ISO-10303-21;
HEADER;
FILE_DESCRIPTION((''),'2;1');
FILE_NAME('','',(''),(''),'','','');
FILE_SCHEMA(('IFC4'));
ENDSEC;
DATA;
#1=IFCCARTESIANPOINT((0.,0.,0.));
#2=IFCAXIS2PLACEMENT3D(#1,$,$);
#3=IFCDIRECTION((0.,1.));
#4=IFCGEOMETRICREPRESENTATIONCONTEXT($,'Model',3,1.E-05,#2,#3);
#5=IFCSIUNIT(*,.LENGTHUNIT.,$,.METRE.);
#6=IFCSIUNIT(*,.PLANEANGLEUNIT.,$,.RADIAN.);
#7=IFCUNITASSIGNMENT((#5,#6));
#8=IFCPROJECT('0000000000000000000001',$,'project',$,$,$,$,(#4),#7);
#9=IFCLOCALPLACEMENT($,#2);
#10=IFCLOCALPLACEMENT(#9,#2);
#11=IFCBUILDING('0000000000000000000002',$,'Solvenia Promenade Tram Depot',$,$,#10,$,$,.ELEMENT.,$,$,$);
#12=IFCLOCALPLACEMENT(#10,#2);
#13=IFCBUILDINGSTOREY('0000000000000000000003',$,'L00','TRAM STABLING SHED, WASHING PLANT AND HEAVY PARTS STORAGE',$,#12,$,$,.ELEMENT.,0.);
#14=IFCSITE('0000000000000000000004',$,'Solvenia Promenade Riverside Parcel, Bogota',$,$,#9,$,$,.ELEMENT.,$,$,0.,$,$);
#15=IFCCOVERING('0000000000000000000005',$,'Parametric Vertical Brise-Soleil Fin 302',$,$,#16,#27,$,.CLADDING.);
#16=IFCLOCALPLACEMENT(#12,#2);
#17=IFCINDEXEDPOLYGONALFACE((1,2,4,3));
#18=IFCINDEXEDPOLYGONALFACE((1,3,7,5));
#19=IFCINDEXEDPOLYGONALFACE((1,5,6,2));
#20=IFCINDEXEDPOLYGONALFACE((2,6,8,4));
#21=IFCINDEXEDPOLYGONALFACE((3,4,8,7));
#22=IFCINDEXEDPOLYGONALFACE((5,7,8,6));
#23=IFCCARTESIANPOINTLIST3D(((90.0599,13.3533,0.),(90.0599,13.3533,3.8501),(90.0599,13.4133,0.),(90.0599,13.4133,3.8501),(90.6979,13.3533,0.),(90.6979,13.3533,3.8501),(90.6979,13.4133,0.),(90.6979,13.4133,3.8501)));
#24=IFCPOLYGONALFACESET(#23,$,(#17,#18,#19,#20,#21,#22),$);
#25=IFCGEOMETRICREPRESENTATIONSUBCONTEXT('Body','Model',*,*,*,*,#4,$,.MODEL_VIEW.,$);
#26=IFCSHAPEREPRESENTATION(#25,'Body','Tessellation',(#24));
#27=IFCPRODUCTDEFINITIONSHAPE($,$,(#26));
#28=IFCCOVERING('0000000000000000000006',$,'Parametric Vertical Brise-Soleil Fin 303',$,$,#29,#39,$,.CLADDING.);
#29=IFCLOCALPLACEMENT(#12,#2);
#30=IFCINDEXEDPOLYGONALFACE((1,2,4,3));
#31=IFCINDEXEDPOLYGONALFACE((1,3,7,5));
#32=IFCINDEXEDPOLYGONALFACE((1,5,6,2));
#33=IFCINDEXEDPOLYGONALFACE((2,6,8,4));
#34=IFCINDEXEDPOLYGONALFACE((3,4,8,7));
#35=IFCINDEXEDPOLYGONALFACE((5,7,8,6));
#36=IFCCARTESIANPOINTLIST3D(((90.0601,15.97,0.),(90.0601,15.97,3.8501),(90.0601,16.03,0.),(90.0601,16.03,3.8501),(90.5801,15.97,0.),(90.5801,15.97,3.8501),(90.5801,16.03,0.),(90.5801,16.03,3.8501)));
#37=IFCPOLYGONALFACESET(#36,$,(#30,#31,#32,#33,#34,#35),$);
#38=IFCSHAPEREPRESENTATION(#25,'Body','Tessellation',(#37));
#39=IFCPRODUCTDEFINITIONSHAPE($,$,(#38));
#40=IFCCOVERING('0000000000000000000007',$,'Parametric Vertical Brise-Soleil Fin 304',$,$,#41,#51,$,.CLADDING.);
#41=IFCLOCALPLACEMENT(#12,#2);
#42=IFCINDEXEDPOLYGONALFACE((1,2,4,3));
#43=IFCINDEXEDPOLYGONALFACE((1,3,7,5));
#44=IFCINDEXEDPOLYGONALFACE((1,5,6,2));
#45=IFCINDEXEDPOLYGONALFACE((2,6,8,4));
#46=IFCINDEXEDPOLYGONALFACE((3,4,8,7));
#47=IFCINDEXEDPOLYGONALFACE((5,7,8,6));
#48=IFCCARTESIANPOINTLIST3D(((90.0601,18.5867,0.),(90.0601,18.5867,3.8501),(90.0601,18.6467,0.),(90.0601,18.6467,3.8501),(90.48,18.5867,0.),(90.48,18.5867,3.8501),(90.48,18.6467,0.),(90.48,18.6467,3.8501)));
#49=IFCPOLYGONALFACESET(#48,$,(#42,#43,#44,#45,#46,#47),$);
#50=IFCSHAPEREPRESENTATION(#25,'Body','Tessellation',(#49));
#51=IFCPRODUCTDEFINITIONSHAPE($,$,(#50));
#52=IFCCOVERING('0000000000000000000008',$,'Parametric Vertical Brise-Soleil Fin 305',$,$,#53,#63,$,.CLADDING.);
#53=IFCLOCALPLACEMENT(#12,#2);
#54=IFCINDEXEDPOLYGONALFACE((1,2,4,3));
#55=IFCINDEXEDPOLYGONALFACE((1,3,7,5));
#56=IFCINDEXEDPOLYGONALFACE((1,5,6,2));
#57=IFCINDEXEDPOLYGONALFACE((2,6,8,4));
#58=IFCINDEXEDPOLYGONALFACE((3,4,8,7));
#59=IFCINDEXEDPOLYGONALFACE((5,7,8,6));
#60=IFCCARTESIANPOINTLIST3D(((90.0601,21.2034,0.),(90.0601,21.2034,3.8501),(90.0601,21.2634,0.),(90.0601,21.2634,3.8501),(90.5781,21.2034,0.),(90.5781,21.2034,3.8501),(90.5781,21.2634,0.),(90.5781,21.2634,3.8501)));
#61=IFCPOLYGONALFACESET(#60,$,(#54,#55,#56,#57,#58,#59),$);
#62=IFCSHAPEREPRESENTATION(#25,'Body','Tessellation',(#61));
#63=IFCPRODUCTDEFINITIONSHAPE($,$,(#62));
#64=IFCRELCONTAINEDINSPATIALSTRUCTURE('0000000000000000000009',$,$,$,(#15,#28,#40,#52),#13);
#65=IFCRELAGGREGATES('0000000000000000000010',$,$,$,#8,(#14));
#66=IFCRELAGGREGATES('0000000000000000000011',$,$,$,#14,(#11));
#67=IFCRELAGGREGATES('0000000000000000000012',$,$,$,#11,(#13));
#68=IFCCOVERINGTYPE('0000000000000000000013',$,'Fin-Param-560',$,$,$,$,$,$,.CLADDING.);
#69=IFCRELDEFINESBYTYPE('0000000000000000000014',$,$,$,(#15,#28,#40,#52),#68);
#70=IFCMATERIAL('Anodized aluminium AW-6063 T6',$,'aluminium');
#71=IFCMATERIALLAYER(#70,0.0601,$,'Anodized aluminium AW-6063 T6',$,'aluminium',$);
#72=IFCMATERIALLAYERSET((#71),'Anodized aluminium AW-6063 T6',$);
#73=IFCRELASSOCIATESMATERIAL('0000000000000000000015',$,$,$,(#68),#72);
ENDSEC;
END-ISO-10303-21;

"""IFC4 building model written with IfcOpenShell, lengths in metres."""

from ifc_helpers import new_model, si_unit, direction, frame, origin, origin_2d, place, context, subcontext, project, spatial, rectangle, extrude, material, layer, layer_set, type_object, element, save


model = new_model("IFC4")

# Units and contexts
model_context = context("Model", 3, precision=1e-05, world=origin(), true_north=direction((0.0, 1.0)))
body_context = subcontext(model_context, "Body", "Model", "MODEL_VIEW")
ifc_project = project(units=[si_unit("LENGTHUNIT", "METRE"), si_unit("PLANEANGLEUNIT", "RADIAN")], contexts=[model_context])

# Site, building, storey
site_placement = place(None, origin())
site = spatial("IfcSite", under=ifc_project, at=site_placement, Name="Solvenia Promenade Riverside Parcel, Bogota", CompositionType="ELEMENT", RefElevation=0.0)
building_placement = place(site_placement, origin())
building = spatial("IfcBuilding", under=site, at=building_placement, Name="Solvenia Promenade Tram Depot", CompositionType="ELEMENT")
storey_placement = place(building_placement, origin())
storey = spatial("IfcBuildingStorey", under=building, at=storey_placement, Name="L00", Description="TRAM STABLING SHED, WASHING PLANT AND HEAVY PARTS STORAGE", CompositionType="ELEMENT", Elevation=0.0)

# Shared definitions
ifc_material_1 = material(Name="Anodized aluminium AW-6063 T6", Category="aluminium")

# Coverings
ifc_layer_1 = layer(ifc_material_1, 0.0601, Name="Anodized aluminium AW-6063 T6", Category="aluminium")
ifc_layer_set_1 = layer_set([ifc_layer_1], Name="Anodized aluminium AW-6063 T6")
covering_type = type_object("IfcCoveringType", Name="Fin-Param-560", PredefinedType="CLADDING", material=ifc_layer_set_1)
covering_1_placement = place(storey_placement, frame((90.3789, 13.3833, 0.0), z_axis=(0.0, 0.0, 1.0), x_axis=(0.0, 1.0, 0.0)))
element("IfcCovering", 1, at=covering_1_placement, inside=storey, type_object=covering_type, Name="Parametric Vertical Brise-Soleil Fin 302", PredefinedType="CLADDING", context=body_context, shape_type="SweptSolid", body=[
    extrude(rectangle(XDim=0.0601, YDim=0.6379, at=origin_2d()), origin(), (0.0, 0.0, 1.0), 3.8501),
])
covering_2_placement = place(storey_placement, frame((90.3201, 16.0, 0.0), z_axis=(0.0, 0.0, 1.0), x_axis=(0.0, 1.0, 0.0)))
element("IfcCovering", 2, at=covering_2_placement, inside=storey, type_object=covering_type, Name="Parametric Vertical Brise-Soleil Fin 303", PredefinedType="CLADDING", context=body_context, shape_type="SweptSolid", body=[
    extrude(rectangle(XDim=0.0601, YDim=0.52, at=origin_2d()), origin(), (0.0, 0.0, 1.0), 3.8501),
])
covering_3_placement = place(storey_placement, frame((90.27, 18.6167, 0.0), z_axis=(0.0, 0.0, 1.0), x_axis=(0.0, 1.0, 0.0)))
element("IfcCovering", 3, at=covering_3_placement, inside=storey, type_object=covering_type, Name="Parametric Vertical Brise-Soleil Fin 304", PredefinedType="CLADDING", context=body_context, shape_type="SweptSolid", body=[
    extrude(rectangle(XDim=0.0601, YDim=0.4199, at=origin_2d()), origin(), (0.0, 0.0, 1.0), 3.8501),
])
covering_4_placement = place(storey_placement, frame((90.3191, 21.2334, 0.0), z_axis=(0.0, 0.0, 1.0), x_axis=(0.0, 1.0, 0.0)))
element("IfcCovering", 4, at=covering_4_placement, inside=storey, type_object=covering_type, Name="Parametric Vertical Brise-Soleil Fin 305", PredefinedType="CLADDING", context=body_context, shape_type="SweptSolid", body=[
    extrude(rectangle(XDim=0.0601, YDim=0.5181, at=origin_2d()), origin(), (0.0, 0.0, 1.0), 3.8501),
])

save(model, "model.ifc")
